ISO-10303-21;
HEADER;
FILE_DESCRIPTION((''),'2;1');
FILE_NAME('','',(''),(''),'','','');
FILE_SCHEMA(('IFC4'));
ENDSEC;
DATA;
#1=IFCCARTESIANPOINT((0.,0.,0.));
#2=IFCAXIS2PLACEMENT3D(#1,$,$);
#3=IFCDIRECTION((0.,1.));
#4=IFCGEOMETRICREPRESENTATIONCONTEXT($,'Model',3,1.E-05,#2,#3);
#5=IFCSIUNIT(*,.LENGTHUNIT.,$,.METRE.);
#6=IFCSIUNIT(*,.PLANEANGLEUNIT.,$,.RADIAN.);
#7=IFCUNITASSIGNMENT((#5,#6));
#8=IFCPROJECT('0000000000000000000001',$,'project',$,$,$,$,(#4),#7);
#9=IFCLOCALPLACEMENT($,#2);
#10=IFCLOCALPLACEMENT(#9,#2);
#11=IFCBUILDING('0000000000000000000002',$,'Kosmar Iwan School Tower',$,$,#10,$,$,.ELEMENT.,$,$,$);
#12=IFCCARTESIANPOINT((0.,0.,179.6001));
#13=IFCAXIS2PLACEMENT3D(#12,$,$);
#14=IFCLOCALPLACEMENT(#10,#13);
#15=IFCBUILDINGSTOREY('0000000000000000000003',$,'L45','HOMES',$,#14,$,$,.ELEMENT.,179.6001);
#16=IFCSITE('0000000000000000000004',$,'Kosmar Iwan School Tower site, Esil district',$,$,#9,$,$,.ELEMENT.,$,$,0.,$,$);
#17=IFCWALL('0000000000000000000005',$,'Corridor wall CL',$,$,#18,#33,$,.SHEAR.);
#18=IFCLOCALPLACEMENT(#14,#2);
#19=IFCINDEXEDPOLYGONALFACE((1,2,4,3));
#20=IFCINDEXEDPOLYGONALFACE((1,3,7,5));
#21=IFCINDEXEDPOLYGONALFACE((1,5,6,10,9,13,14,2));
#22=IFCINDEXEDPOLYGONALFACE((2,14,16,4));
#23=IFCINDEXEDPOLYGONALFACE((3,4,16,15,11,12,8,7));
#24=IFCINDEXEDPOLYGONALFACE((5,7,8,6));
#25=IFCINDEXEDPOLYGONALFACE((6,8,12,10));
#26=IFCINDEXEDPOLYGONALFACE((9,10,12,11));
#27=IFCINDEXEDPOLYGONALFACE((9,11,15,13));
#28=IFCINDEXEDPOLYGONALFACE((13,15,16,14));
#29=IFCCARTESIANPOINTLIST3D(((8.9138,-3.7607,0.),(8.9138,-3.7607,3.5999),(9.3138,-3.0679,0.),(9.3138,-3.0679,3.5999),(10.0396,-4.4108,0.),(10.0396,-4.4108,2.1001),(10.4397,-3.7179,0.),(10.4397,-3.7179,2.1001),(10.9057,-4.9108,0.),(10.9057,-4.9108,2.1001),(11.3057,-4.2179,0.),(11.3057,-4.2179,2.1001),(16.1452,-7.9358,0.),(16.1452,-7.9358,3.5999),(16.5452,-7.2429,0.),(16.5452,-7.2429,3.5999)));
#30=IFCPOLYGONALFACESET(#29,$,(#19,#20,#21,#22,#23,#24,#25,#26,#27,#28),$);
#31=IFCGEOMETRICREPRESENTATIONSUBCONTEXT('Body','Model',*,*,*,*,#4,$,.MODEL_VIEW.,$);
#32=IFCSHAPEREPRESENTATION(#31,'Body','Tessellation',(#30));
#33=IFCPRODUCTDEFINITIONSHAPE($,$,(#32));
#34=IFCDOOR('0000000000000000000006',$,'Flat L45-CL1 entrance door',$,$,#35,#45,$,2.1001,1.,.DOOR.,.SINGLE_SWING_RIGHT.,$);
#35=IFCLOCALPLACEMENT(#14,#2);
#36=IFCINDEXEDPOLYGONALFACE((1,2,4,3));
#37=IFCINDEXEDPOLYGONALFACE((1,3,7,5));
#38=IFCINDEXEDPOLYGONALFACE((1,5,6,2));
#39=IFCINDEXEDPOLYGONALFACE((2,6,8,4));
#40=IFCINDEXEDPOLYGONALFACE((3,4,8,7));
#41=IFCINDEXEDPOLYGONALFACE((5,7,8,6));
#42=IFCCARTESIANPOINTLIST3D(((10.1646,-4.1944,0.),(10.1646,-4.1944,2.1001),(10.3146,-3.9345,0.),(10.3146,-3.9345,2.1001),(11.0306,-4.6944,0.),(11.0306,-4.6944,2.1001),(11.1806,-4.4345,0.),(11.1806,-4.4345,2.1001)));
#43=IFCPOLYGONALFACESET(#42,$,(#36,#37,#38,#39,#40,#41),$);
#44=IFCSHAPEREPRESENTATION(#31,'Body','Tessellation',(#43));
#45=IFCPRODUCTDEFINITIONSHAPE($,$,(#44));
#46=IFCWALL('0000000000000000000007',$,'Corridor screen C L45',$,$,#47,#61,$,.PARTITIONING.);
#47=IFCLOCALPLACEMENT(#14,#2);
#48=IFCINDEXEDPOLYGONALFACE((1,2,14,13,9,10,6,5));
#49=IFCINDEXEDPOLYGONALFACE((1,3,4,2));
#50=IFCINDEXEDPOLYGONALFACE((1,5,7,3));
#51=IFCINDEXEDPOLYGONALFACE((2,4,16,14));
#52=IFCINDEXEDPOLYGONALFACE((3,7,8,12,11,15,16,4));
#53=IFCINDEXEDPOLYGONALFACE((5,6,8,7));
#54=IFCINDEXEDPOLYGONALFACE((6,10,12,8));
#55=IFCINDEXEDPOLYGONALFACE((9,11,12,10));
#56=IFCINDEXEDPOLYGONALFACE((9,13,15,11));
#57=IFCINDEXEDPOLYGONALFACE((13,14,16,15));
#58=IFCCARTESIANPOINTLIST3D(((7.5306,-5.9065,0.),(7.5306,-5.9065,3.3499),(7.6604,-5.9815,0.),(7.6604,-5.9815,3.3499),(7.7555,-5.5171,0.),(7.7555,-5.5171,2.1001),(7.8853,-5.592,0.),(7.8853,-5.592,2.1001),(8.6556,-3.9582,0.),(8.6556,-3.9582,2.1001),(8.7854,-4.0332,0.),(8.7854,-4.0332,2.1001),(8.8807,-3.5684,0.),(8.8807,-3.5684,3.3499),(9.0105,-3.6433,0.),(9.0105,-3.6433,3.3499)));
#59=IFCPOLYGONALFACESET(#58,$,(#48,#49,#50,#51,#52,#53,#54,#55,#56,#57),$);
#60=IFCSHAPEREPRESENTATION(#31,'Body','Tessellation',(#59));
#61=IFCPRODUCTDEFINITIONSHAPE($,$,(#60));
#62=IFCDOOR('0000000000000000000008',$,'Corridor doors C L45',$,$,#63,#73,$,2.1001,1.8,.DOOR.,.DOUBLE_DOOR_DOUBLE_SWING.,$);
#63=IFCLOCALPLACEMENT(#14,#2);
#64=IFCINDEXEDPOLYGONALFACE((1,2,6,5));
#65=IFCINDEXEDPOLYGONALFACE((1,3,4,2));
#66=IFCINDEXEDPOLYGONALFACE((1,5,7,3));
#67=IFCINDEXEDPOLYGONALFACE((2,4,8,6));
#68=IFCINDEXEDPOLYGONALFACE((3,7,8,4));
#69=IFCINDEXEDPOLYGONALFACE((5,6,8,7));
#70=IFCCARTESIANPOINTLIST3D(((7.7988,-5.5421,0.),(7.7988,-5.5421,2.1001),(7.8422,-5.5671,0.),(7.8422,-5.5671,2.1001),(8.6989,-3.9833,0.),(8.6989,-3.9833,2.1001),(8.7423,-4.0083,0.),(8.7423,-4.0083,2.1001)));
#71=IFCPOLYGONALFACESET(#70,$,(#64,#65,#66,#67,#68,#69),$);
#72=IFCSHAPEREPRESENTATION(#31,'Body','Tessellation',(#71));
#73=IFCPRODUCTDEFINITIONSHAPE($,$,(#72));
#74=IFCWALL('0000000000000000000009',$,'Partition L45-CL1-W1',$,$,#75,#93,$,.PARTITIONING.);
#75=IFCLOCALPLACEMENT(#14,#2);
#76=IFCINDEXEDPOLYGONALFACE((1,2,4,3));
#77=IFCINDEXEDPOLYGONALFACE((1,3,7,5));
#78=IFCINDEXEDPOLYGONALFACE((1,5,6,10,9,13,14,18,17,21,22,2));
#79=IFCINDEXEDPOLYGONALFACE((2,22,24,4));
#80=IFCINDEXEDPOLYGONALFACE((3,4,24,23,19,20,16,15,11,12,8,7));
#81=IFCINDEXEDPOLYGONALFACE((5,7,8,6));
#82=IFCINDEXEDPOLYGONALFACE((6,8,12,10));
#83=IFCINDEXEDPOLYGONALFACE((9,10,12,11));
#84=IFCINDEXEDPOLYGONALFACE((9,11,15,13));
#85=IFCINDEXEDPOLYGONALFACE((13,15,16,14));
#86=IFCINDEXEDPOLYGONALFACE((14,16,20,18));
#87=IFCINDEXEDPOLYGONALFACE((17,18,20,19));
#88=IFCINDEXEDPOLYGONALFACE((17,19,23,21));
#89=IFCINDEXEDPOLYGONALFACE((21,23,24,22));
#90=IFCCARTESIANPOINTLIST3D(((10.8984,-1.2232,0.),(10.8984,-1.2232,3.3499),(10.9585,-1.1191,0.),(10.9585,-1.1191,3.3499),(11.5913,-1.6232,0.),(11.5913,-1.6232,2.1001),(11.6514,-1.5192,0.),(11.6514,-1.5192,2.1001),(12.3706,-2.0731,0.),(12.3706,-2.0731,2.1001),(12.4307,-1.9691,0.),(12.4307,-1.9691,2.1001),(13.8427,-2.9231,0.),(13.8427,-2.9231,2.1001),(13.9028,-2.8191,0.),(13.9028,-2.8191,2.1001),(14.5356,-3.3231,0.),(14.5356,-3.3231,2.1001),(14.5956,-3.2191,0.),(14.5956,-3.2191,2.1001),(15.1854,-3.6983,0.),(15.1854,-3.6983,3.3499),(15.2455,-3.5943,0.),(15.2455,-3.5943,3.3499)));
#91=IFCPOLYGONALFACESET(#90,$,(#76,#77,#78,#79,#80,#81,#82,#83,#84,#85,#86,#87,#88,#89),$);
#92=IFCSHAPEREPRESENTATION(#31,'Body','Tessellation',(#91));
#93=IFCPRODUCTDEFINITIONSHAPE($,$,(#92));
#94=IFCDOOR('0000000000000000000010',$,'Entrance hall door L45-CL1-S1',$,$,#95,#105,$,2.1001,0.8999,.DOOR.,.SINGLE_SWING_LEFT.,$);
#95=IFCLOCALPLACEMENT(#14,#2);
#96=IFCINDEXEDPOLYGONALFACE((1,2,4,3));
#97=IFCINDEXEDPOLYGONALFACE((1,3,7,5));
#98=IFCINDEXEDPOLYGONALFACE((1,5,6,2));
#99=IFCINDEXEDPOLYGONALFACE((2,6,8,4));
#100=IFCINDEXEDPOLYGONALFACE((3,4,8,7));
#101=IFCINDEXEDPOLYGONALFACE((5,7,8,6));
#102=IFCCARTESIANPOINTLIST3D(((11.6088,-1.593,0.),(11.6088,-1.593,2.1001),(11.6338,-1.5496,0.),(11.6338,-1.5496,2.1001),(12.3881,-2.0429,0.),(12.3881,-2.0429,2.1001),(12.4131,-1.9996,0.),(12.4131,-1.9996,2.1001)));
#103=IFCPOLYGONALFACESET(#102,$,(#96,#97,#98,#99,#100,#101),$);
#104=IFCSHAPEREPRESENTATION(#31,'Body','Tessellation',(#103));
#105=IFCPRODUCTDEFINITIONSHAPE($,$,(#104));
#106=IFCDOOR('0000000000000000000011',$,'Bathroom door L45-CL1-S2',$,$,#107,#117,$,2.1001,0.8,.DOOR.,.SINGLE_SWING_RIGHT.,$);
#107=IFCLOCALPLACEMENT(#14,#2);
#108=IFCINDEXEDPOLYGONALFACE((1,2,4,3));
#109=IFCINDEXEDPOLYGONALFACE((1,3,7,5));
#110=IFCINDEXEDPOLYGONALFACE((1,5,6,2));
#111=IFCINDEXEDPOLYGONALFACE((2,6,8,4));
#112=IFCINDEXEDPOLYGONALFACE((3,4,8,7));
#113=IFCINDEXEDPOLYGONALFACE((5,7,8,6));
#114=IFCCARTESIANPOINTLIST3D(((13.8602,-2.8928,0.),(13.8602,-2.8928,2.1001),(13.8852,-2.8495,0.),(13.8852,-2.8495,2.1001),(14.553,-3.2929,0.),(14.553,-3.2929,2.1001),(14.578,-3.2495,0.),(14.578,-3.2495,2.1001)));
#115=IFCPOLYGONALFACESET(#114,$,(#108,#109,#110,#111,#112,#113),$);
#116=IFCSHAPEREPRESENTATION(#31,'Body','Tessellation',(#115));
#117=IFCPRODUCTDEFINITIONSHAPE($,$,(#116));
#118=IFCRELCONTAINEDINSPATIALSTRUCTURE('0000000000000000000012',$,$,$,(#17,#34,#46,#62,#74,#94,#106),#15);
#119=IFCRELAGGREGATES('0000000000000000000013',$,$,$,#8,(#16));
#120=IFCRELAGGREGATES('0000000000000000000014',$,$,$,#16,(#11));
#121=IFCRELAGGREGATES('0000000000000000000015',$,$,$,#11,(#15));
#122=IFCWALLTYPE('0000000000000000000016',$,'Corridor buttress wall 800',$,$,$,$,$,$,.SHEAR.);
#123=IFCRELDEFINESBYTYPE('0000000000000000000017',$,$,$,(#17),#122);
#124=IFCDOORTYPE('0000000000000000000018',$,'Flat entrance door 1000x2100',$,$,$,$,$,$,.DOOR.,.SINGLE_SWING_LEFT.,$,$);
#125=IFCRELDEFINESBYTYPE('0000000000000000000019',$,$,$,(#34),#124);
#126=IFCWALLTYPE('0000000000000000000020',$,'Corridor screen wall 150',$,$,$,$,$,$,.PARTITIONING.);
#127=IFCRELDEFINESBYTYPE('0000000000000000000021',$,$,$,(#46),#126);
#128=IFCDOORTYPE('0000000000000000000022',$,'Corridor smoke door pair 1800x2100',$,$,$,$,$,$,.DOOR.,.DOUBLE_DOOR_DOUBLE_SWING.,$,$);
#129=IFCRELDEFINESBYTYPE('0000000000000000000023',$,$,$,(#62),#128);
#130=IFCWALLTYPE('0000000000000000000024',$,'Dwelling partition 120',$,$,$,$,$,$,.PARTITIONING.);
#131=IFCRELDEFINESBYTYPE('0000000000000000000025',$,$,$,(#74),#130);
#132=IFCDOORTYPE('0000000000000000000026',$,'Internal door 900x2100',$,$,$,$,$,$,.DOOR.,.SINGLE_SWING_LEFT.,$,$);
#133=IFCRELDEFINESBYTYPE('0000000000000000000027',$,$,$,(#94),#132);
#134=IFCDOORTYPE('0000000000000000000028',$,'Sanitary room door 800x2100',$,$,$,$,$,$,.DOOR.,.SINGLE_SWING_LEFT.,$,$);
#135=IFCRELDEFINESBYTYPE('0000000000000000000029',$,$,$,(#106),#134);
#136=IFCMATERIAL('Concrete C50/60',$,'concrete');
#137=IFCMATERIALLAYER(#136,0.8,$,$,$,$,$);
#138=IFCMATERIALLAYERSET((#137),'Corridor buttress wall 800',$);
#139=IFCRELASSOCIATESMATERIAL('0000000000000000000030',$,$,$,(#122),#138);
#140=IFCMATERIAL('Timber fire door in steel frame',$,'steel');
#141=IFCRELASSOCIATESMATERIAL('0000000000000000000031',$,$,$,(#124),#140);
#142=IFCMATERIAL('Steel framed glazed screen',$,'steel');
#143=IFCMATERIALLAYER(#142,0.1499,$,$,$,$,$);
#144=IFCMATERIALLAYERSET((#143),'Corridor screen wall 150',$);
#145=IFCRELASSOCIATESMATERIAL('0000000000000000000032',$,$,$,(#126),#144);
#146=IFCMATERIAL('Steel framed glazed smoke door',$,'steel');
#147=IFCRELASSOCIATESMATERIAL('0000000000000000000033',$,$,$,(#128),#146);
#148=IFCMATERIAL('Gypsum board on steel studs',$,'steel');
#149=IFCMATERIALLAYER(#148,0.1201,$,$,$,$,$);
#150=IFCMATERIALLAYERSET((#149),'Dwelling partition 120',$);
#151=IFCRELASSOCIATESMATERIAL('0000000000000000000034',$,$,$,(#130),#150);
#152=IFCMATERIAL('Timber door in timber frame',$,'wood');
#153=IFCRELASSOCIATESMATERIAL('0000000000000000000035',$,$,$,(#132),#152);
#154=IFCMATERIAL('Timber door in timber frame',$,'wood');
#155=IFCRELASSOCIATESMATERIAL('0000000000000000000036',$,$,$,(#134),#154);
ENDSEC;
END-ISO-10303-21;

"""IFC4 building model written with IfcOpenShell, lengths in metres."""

from ifc_helpers import new_model, si_unit, direction, frame, frame_2d, origin, place, context, subcontext, project, spatial, rectangle, extrude, material, layer, layer_set, type_object, element, fill, save


model = new_model("IFC4")

# Units and contexts
model_context = context("Model", 3, precision=1e-05, world=origin(), true_north=direction((0.0, 1.0)))
body_context = subcontext(model_context, "Body", "Model", "MODEL_VIEW")
ifc_project = project(units=[si_unit("LENGTHUNIT", "METRE"), si_unit("PLANEANGLEUNIT", "RADIAN")], contexts=[model_context])

# Site, building, storey
site_placement = place(None, origin())
site = spatial("IfcSite", under=ifc_project, at=site_placement, Name="Kosmar Iwan School Tower site, Esil district", CompositionType="ELEMENT", RefElevation=0.0)
building_placement = place(site_placement, origin())
building = spatial("IfcBuilding", under=site, at=building_placement, Name="Kosmar Iwan School Tower", CompositionType="ELEMENT")
storey_placement = place(building_placement, frame((0.0, 0.0, 179.6001)))
storey = spatial("IfcBuildingStorey", under=building, at=storey_placement, Name="L45", Description="HOMES", CompositionType="ELEMENT", Elevation=179.6001)

# Walls, openings, doors
ifc_material_1 = material(Name="Concrete C50/60", Category="concrete")
ifc_layer_1 = layer(ifc_material_1, 0.8)
ifc_layer_set_1 = layer_set([ifc_layer_1], Name="Corridor buttress wall 800")
wall_type_1 = type_object("IfcWallType", Name="Corridor buttress wall 800", PredefinedType="SHEAR", material=ifc_layer_set_1)
wall_1_placement = place(storey_placement, frame((9.1138, -3.4143, 0.0), z_axis=(0.0, 0.0, 1.0), x_axis=(0.866027, -0.499997, 0.0)))
wall_1 = element("IfcWall", 1, at=wall_1_placement, inside=storey, type_object=wall_type_1, Name="Corridor wall CL", PredefinedType="SHEAR", context=body_context, shape_type="SweptSolid", body=[
    extrude(rectangle(XDim=8.3501, YDim=0.8, at=frame_2d((4.175, 0.0))), origin(), (0.0, 0.0, 1.0), 3.5999),
])
opening_1_placement = place(wall_1_placement, frame((1.3, 0.0, 0.0)))
opening_1 = element("IfcOpeningElement", 2, at=opening_1_placement, cuts=wall_1, PredefinedType="OPENING", context=body_context, shape_type="SweptSolid", body=[
    extrude(rectangle(XDim=1.0, YDim=2.1001, at=frame_2d((0.5, 1.05))), frame((0.0, 0.4121, 0.0), z_axis=(0.0, -1.0, 0.0), x_axis=(1.0, 0.0, 0.0)), (0.0, 0.0, 1.0), 0.824),
])
ifc_material_2 = material(Name="Timber fire door in steel frame", Category="steel")
door_type_1 = type_object("IfcDoorType", Name="Flat entrance door 1000x2100", OperationType="SINGLE_SWING_LEFT", PredefinedType="DOOR", material=ifc_material_2)
door_1_placement = place(opening_1_placement, origin())
door_1 = element("IfcDoor", 3, at=door_1_placement, inside=storey, type_object=door_type_1, Name="Flat L45-CL1 entrance door", OperationType="SINGLE_SWING_RIGHT", OverallHeight=2.1001, OverallWidth=1.0, PredefinedType="DOOR", context=body_context, shape_type="SweptSolid", body=[
    extrude(rectangle(XDim=1.0, YDim=2.1001, at=frame_2d((0.5, 1.05))), frame((0.0, 0.1499, 0.0), z_axis=(0.0, -1.0, 0.0), x_axis=(1.0, 0.0, 0.0)), (0.0, 0.0, 1.0), 0.3),
])
fill(opening_1, door_1)
ifc_material_3 = material(Name="Steel framed glazed screen", Category="steel")
ifc_layer_2 = layer(ifc_material_3, 0.1499)
ifc_layer_set_2 = layer_set([ifc_layer_2], Name="Corridor screen wall 150")
wall_type_2 = type_object("IfcWallType", Name="Corridor screen wall 150", PredefinedType="PARTITIONING", material=ifc_layer_set_2)
wall_2_placement = place(storey_placement, frame((7.5955, -5.9441, 0.0), z_axis=(0.0, 0.0, 1.0), x_axis=(0.500049, 0.865997, 0.0)))
wall_2 = element("IfcWall", 4, at=wall_2_placement, inside=storey, type_object=wall_type_2, Name="Corridor screen C L45", PredefinedType="PARTITIONING", context=body_context, shape_type="SweptSolid", body=[
    extrude(rectangle(XDim=2.7, YDim=0.1499, at=frame_2d((1.3501, 0.0))), origin(), (0.0, 0.0, 1.0), 3.3499),
])
opening_2_placement = place(wall_2_placement, frame((0.45, 0.0, 0.0)))
opening_2 = element("IfcOpeningElement", 5, at=opening_2_placement, cuts=wall_2, PredefinedType="OPENING", context=body_context, shape_type="SweptSolid", body=[
    extrude(rectangle(XDim=1.8, YDim=2.1001, at=frame_2d((0.8999, 1.05))), frame((0.0, 0.0869, 0.0), z_axis=(0.0, -1.0, 0.0), x_axis=(1.0, 0.0, 0.0)), (0.0, 0.0, 1.0), 0.1738),
])
ifc_material_4 = material(Name="Steel framed glazed smoke door", Category="steel")
door_type_2 = type_object("IfcDoorType", Name="Corridor smoke door pair 1800x2100", OperationType="DOUBLE_DOOR_DOUBLE_SWING", PredefinedType="DOOR", material=ifc_material_4)
door_2_placement = place(opening_2_placement, origin())
door_2 = element("IfcDoor", 6, at=door_2_placement, inside=storey, type_object=door_type_2, Name="Corridor doors C L45", OperationType="DOUBLE_DOOR_DOUBLE_SWING", OverallHeight=2.1001, OverallWidth=1.8, PredefinedType="DOOR", context=body_context, shape_type="SweptSolid", body=[
    extrude(rectangle(XDim=1.8, YDim=2.1001, at=frame_2d((0.8999, 1.05))), frame((0.0, 0.0249, 0.0), z_axis=(0.0, -1.0, 0.0), x_axis=(1.0, 0.0, 0.0)), (0.0, 0.0, 1.0), 0.05),
])
fill(opening_2, door_2)

# Wall, openings, doors
ifc_material_5 = material(Name="Gypsum board on steel studs", Category="steel")
ifc_layer_3 = layer(ifc_material_5, 0.1201)
ifc_layer_set_3 = layer_set([ifc_layer_3], Name="Dwelling partition 120")
wall_type_3 = type_object("IfcWallType", Name="Dwelling partition 120", PredefinedType="PARTITIONING", material=ifc_layer_set_3)
wall_3_placement = place(storey_placement, frame((10.9285, -1.1711, 0.0), z_axis=(0.0, 0.0, 1.0), x_axis=(0.866019, -0.500011, 0.0)))
wall_3 = element("IfcWall", 7, at=wall_3_placement, inside=storey, type_object=wall_type_3, Name="Partition L45-CL1-W1", PredefinedType="PARTITIONING", context=body_context, shape_type="SweptSolid", body=[
    extrude(rectangle(XDim=4.9502, YDim=0.1201, at=frame_2d((2.4751, 0.0))), origin(), (0.0, 0.0, 1.0), 3.3499),
])
opening_3_placement = place(wall_3_placement, frame((0.8, 0.0, 0.0)))
opening_3 = element("IfcOpeningElement", 8, at=opening_3_placement, cuts=wall_3, PredefinedType="OPENING", context=body_context, shape_type="SweptSolid", body=[
    extrude(rectangle(XDim=0.8999, YDim=2.1001, at=frame_2d((0.45, 1.05))), frame((0.0, 0.072, 0.0), z_axis=(0.0, -1.0, 0.0), x_axis=(1.0, 0.0, 0.0)), (0.0, 0.0, 1.0), 0.144),
])
opening_4_placement = place(wall_3_placement, frame((3.3999, 0.0, 0.0)))
opening_4 = element("IfcOpeningElement", 9, at=opening_4_placement, cuts=wall_3, PredefinedType="OPENING", context=body_context, shape_type="SweptSolid", body=[
    extrude(rectangle(XDim=0.8, YDim=2.1001, at=frame_2d((0.3999, 1.05))), frame((0.0, 0.072, 0.0), z_axis=(0.0, -1.0, 0.0), x_axis=(1.0, 0.0, 0.0)), (0.0, 0.0, 1.0), 0.144),
])
ifc_material_6 = material(Name="Timber door in timber frame", Category="wood")
door_type_3 = type_object("IfcDoorType", Name="Internal door 900x2100", OperationType="SINGLE_SWING_LEFT", PredefinedType="DOOR", material=ifc_material_6)
door_3_placement = place(opening_3_placement, origin())
door_3 = element("IfcDoor", 10, at=door_3_placement, inside=storey, type_object=door_type_3, Name="Entrance hall door L45-CL1-S1", OperationType="SINGLE_SWING_LEFT", OverallHeight=2.1001, OverallWidth=0.8999, PredefinedType="DOOR", context=body_context, shape_type="SweptSolid", body=[
    extrude(rectangle(XDim=0.8999, YDim=2.1001, at=frame_2d((0.45, 1.05))), frame((0.0, 0.0249, 0.0), z_axis=(0.0, -1.0, 0.0), x_axis=(1.0, 0.0, 0.0)), (0.0, 0.0, 1.0), 0.05),
])
fill(opening_3, door_3)
ifc_material_7 = material(Name="Timber door in timber frame", Category="wood")
door_type_4 = type_object("IfcDoorType", Name="Sanitary room door 800x2100", OperationType="SINGLE_SWING_LEFT", PredefinedType="DOOR", material=ifc_material_7)
door_4_placement = place(opening_4_placement, origin())
door_4 = element("IfcDoor", 11, at=door_4_placement, inside=storey, type_object=door_type_4, Name="Bathroom door L45-CL1-S2", OperationType="SINGLE_SWING_RIGHT", OverallHeight=2.1001, OverallWidth=0.8, PredefinedType="DOOR", context=body_context, shape_type="SweptSolid", body=[
    extrude(rectangle(XDim=0.8, YDim=2.1001, at=frame_2d((0.3999, 1.05))), frame((0.0, 0.0249, 0.0), z_axis=(0.0, -1.0, 0.0), x_axis=(1.0, 0.0, 0.0)), (0.0, 0.0, 1.0), 0.05),
])
fill(opening_4, door_4)

save(model, "model.ifc")
